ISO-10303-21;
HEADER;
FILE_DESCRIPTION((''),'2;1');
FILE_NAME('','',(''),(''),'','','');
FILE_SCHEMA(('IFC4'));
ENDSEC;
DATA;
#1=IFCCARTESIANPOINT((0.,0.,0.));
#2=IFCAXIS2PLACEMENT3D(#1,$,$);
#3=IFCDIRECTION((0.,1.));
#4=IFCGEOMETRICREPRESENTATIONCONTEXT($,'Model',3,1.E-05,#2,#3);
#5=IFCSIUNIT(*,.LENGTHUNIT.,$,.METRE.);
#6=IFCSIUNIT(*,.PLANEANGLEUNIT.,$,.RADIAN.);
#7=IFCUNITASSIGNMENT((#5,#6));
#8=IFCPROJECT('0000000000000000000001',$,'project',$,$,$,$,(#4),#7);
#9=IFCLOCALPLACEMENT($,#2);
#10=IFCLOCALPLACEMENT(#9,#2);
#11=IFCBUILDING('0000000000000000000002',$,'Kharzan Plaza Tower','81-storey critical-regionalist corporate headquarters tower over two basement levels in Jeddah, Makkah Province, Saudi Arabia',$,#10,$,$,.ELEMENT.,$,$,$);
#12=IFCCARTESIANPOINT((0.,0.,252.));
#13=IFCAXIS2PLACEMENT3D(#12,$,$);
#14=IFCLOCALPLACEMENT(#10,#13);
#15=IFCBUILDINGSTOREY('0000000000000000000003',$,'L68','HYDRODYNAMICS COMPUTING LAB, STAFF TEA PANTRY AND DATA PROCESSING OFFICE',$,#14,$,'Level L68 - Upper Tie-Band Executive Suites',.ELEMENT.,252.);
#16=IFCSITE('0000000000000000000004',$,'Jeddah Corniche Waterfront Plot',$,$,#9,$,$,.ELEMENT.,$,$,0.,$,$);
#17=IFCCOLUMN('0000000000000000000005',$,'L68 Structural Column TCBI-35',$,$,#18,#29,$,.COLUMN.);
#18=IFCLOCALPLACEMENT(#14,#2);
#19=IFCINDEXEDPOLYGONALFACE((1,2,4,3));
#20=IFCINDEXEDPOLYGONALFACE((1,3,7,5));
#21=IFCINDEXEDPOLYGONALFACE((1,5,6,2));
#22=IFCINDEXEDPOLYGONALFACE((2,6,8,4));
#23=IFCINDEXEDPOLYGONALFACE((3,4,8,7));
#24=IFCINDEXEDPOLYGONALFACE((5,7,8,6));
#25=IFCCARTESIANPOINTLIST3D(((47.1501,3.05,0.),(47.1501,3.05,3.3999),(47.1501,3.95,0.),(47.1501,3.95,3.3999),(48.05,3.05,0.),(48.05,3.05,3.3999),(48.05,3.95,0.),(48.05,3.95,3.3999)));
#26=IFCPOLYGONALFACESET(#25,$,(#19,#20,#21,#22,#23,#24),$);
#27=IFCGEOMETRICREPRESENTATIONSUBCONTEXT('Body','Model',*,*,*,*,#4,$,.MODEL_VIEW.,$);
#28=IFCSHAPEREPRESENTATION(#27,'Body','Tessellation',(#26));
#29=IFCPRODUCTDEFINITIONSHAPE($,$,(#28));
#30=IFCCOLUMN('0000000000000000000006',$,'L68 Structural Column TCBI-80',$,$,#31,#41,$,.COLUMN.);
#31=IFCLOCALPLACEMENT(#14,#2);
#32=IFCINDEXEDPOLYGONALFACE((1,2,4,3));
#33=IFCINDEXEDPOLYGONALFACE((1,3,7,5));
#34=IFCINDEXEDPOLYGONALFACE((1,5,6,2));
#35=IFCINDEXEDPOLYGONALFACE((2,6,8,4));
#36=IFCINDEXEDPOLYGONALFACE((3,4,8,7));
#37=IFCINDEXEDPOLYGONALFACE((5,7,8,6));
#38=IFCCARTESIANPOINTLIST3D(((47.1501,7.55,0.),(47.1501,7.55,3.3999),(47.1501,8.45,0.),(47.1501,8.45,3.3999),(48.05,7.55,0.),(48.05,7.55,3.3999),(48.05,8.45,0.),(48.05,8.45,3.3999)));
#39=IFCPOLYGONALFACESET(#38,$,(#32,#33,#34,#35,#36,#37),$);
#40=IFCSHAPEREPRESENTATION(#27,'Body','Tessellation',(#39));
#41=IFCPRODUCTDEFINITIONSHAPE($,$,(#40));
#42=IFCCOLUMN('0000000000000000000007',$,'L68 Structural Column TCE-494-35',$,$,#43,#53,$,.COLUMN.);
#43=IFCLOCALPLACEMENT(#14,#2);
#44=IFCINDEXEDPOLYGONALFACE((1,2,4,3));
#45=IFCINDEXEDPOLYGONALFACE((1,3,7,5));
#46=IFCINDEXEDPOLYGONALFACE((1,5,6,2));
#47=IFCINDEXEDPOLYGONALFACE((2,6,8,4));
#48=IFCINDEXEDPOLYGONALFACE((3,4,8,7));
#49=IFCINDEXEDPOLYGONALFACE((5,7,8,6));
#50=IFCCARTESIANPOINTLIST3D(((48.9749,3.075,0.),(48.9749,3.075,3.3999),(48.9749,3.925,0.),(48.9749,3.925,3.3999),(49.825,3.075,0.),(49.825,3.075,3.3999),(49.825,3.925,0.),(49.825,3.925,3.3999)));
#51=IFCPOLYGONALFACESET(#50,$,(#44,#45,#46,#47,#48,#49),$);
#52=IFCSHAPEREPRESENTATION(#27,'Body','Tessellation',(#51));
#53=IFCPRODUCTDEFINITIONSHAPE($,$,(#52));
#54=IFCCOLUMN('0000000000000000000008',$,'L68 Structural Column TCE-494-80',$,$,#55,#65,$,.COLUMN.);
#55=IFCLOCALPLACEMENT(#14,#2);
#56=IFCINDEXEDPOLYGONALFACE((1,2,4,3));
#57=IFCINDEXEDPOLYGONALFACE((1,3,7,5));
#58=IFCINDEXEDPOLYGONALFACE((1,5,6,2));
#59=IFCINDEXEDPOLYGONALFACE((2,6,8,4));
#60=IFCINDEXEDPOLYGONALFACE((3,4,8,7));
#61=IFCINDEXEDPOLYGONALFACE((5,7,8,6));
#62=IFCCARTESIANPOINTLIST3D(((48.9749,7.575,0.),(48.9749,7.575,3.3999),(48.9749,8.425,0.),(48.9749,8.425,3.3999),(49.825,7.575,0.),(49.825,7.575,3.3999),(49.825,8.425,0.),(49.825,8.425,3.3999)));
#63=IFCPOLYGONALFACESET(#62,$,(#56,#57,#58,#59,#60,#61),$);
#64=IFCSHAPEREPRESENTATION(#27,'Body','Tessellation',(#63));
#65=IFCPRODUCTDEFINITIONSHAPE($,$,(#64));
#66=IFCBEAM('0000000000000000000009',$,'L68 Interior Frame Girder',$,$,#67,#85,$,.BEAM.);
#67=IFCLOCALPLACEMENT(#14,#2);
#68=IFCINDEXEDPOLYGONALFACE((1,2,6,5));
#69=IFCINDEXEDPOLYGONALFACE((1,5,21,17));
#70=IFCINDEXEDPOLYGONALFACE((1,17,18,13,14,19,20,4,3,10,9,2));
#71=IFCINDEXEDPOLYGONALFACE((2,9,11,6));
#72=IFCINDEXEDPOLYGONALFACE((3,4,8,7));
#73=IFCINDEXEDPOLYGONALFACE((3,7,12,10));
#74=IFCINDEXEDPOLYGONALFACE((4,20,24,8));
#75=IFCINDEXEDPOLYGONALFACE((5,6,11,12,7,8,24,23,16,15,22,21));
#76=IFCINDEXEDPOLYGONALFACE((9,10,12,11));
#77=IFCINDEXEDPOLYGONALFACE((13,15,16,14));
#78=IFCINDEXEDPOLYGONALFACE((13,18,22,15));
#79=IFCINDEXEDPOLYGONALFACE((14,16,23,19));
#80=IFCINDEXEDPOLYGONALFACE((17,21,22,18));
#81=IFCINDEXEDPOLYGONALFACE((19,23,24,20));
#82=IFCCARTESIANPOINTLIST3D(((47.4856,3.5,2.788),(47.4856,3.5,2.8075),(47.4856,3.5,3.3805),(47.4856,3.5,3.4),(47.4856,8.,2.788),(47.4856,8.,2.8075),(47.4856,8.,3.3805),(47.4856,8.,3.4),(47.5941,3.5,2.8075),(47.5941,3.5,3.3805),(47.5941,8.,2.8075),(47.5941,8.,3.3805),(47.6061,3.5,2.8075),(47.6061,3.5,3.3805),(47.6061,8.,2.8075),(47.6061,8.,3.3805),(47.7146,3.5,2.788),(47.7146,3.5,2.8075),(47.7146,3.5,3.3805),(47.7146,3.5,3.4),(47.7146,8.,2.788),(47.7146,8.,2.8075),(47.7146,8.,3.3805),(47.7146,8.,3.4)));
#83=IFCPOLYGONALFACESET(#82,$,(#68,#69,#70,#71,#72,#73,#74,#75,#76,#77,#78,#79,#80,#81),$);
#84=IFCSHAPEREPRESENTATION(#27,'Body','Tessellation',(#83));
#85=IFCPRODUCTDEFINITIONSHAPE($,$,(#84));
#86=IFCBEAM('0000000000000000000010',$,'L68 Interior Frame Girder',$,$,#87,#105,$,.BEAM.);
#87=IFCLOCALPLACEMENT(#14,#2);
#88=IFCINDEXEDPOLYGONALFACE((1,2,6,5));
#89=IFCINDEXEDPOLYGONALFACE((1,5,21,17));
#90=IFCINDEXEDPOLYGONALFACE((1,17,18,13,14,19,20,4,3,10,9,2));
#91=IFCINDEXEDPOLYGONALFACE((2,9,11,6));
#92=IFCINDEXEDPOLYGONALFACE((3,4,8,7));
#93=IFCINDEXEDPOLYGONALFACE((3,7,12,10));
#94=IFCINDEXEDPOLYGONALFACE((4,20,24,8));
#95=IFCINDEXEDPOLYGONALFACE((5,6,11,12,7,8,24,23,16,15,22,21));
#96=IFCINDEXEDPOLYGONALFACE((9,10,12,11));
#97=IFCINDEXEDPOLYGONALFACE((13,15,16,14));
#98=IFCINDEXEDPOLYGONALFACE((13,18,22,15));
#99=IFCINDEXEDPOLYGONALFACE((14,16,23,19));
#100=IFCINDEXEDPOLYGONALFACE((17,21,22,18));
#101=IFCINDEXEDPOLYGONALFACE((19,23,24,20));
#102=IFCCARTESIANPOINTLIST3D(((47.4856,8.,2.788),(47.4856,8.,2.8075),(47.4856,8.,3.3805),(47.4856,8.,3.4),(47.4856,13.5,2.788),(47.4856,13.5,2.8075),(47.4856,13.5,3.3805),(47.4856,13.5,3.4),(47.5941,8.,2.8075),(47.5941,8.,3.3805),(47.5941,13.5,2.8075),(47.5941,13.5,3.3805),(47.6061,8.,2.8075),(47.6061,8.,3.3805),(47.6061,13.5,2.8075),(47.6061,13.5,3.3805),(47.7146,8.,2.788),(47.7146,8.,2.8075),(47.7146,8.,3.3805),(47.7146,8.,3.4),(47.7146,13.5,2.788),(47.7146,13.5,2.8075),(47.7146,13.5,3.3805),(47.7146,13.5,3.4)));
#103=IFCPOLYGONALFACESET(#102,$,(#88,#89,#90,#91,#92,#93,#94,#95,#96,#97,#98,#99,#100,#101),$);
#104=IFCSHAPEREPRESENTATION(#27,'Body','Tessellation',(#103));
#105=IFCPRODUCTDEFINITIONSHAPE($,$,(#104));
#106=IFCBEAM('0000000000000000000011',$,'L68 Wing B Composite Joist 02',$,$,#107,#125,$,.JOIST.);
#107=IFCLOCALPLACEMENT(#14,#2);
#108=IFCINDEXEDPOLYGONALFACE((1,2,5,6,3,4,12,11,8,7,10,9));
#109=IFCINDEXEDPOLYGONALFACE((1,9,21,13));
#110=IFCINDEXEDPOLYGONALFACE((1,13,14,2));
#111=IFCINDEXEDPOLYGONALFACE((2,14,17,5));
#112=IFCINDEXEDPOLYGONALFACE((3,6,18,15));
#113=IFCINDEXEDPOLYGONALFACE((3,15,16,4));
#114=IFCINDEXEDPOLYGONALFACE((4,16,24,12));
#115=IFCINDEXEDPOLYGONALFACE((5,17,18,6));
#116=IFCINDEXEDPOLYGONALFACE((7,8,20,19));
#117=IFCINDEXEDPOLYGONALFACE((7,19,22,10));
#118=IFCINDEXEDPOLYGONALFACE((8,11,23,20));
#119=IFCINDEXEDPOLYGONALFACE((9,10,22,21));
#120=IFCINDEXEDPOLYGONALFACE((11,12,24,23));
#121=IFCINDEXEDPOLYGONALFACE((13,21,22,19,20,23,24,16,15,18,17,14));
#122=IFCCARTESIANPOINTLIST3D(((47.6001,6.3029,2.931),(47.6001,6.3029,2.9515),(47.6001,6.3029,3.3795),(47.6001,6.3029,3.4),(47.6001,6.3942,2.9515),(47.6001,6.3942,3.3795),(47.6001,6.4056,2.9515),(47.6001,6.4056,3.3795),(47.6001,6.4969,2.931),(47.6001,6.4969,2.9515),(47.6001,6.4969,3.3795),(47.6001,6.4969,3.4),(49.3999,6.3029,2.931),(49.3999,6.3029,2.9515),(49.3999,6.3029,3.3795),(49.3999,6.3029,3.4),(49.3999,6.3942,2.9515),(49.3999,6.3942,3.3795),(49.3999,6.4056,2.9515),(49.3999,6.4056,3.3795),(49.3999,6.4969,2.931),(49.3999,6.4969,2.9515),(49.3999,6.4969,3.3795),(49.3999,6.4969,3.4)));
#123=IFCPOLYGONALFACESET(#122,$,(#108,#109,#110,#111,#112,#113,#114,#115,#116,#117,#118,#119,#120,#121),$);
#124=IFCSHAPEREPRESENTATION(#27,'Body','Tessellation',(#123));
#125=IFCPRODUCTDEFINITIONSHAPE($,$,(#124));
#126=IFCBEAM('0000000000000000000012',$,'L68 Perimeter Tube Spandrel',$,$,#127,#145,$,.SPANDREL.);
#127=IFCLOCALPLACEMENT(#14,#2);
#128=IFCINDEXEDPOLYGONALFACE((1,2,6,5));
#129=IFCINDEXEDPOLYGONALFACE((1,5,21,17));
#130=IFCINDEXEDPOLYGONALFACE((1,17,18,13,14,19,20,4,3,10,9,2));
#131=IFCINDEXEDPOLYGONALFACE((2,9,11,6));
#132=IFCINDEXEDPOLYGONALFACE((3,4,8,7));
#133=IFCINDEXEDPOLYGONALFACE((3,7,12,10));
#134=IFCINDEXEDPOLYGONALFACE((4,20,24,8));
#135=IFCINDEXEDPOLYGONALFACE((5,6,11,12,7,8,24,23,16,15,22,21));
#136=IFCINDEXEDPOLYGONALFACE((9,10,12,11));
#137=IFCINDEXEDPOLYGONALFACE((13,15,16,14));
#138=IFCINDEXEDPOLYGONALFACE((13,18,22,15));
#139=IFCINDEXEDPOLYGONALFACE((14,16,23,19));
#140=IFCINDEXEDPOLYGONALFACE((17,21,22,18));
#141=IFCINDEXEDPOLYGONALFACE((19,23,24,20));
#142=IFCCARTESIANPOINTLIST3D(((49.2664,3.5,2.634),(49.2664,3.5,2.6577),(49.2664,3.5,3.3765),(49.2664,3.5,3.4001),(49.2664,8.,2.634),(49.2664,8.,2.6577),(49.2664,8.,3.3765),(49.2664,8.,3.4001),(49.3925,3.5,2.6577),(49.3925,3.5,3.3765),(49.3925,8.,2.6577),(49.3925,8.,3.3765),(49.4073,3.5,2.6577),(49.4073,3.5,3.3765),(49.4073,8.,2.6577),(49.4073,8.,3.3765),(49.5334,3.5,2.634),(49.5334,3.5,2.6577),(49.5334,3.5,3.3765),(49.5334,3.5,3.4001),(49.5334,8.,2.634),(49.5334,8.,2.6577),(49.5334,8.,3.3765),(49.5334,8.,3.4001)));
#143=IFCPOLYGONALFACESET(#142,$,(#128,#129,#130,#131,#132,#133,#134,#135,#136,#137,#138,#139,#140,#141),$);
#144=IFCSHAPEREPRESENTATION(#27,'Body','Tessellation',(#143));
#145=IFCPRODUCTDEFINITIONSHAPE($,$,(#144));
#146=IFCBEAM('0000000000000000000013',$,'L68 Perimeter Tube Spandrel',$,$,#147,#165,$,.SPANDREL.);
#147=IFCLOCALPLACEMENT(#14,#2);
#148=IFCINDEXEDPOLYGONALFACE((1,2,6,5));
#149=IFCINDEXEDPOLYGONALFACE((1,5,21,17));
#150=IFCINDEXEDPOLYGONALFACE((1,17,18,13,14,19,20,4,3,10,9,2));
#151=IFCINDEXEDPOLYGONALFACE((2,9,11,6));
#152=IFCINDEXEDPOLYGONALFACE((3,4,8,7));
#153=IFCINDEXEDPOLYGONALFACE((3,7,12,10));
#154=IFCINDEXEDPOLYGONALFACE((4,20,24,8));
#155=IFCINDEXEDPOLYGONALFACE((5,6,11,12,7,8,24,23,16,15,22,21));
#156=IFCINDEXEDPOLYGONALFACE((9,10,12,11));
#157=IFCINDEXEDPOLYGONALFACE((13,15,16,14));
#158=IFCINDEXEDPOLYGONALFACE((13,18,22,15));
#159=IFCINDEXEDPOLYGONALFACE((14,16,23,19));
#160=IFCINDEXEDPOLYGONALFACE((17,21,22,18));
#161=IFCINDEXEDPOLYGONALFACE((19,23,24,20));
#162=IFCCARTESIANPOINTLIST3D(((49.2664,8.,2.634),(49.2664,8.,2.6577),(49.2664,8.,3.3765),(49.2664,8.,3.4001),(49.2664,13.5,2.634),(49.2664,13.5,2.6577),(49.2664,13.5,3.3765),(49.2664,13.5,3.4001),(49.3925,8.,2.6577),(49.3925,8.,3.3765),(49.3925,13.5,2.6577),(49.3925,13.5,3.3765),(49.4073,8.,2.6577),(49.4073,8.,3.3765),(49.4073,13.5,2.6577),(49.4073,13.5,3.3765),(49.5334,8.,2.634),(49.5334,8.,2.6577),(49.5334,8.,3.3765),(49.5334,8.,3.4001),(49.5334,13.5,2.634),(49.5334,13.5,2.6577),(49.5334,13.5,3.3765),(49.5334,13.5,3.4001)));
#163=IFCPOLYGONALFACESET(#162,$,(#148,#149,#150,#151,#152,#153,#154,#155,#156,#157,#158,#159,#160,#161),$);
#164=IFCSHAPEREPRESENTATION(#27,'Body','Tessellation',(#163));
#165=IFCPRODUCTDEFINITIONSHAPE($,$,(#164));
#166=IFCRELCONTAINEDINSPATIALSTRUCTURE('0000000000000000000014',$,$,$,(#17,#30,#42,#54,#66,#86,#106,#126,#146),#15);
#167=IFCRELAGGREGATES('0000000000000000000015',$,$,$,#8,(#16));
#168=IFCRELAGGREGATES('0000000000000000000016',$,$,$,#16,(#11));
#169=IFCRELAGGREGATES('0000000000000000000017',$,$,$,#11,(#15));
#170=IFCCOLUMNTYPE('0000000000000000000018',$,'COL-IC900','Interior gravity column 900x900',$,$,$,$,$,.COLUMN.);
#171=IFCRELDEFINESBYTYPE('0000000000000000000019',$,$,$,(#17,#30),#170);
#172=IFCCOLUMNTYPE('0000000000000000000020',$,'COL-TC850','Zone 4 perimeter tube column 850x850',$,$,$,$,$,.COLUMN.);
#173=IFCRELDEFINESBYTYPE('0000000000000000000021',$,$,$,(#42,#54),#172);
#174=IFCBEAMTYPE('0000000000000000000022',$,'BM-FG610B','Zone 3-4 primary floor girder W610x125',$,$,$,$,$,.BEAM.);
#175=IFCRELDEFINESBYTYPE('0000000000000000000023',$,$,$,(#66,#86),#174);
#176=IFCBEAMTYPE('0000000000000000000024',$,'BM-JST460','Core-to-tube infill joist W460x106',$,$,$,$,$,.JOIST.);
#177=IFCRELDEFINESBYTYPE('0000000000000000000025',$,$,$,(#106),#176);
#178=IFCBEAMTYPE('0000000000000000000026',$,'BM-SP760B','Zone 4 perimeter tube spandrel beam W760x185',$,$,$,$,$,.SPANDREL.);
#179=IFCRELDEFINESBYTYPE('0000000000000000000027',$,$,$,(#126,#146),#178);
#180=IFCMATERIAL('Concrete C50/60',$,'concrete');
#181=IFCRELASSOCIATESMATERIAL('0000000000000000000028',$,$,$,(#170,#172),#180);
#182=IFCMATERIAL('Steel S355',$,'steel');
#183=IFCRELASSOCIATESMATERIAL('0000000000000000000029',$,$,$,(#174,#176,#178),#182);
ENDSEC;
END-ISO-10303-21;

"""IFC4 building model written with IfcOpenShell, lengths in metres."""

from ifc_helpers import new_model, si_unit, direction, frame, origin, origin_2d, place, context, subcontext, project, spatial, rectangle, i_section, extrude, source, transform, mapped, material, material_profile, profile_set, type_object, element, save


model = new_model("IFC4")

# Units and contexts
model_context = context("Model", 3, precision=1e-05, world=origin(), true_north=direction((0.0, 1.0)))
body_context = subcontext(model_context, "Body", "Model", "MODEL_VIEW")
ifc_project = project(units=[si_unit("LENGTHUNIT", "METRE"), si_unit("PLANEANGLEUNIT", "RADIAN")], contexts=[model_context])

# Site, building, storey
site_placement = place(None, origin())
site = spatial("IfcSite", under=ifc_project, at=site_placement, Name="Jeddah Corniche Waterfront Plot", CompositionType="ELEMENT", RefElevation=0.0)
building_placement = place(site_placement, origin())
building = spatial("IfcBuilding", under=site, at=building_placement, Name="Kharzan Plaza Tower", Description="81-storey critical-regionalist corporate headquarters tower over two basement levels in Jeddah, Makkah Province, Saudi Arabia", CompositionType="ELEMENT")
storey_placement = place(building_placement, frame((0.0, 0.0, 252.0)))
storey = spatial("IfcBuildingStorey", under=building, at=storey_placement, Name="L68", Description="HYDRODYNAMICS COMPUTING LAB, STAFF TEA PANTRY AND DATA PROCESSING OFFICE", LongName="Level L68 - Upper Tie-Band Executive Suites", CompositionType="ELEMENT", Elevation=252.0)

# Columns
ifc_material_1 = material(Name="Concrete C50/60", Category="concrete")
ifc_material_profile_1 = material_profile(ifc_material_1, rectangle(XDim=0.8999, YDim=0.8999, at=origin_2d()), Name="RC-IC900x900")
ifc_profile_set_1 = profile_set([ifc_material_profile_1], Name="Concrete C50/60")
column_type_1 = type_object("IfcColumnType", Name="COL-IC900", Description="Interior gravity column 900x900", PredefinedType="COLUMN", material=ifc_profile_set_1)
shared_shape_1 = source(origin(), body_context, "Body", "SweptSolid", [
    extrude(rectangle(XDim=0.8999, YDim=0.8999, at=origin_2d()), origin(), (0.0, 0.0, 1.0), 3.3999),
])
for number, where, z_axis, x_axis, name in (
    (1, (47.6001, 3.5, 0.0), (0.0, 0.0, 1.0), (1.0, 0.0, 0.0), "L68 Structural Column TCBI-35"),
    (2, (47.6001, 8.0, 0.0), (0.0, 0.0, 1.0), (1.0, 0.0, 0.0), "L68 Structural Column TCBI-80"),
):
    element("IfcColumn", number, at=place(storey_placement, frame(where, z_axis=z_axis, x_axis=x_axis)), inside=storey, type_object=column_type_1, Name=name, PredefinedType="COLUMN", context=body_context, shape_type="MappedRepresentation", body=[
        mapped(shared_shape_1, transform((0.0, 0.0, 0.0), x_axis=(1.0, 0.0, 0.0), y_axis=(0.0, 1.0, 0.0), z_axis=(0.0, 0.0, 1.0))),
    ])
ifc_material_profile_2 = material_profile(ifc_material_1, rectangle(XDim=0.8501, YDim=0.8501, at=origin_2d()), Name="RC-TC850x850")
ifc_profile_set_2 = profile_set([ifc_material_profile_2], Name="Concrete C50/60")
column_type_2 = type_object("IfcColumnType", Name="COL-TC850", Description="Zone 4 perimeter tube column 850x850", PredefinedType="COLUMN", material=ifc_profile_set_2)
shared_shape_2 = source(origin(), body_context, "Body", "SweptSolid", [
    extrude(rectangle(XDim=0.8501, YDim=0.8501, at=origin_2d()), origin(), (0.0, 0.0, 1.0), 3.3999),
])
for number, where, z_axis, x_axis, name in (
    (3, (49.3999, 3.5, 0.0), (0.0, 0.0, 1.0), (1.0, 0.0, 0.0), "L68 Structural Column TCE-494-35"),
    (4, (49.3999, 8.0, 0.0), (0.0, 0.0, 1.0), (1.0, 0.0, 0.0), "L68 Structural Column TCE-494-80"),
):
    element("IfcColumn", number, at=place(storey_placement, frame(where, z_axis=z_axis, x_axis=x_axis)), inside=storey, type_object=column_type_2, Name=name, PredefinedType="COLUMN", context=body_context, shape_type="MappedRepresentation", body=[
        mapped(shared_shape_2, transform((0.0, 0.0, 0.0), x_axis=(1.0, 0.0, 0.0), y_axis=(0.0, 1.0, 0.0), z_axis=(0.0, 0.0, 1.0))),
    ])

# Beams
ifc_material_2 = material(Name="Steel S355", Category="steel")
ifc_material_profile_3 = material_profile(ifc_material_2, i_section(OverallWidth=0.229, OverallDepth=0.6121, WebThickness=0.012, FlangeThickness=0.0195, at=origin_2d()), Name="W610x125")
ifc_profile_set_3 = profile_set([ifc_material_profile_3], Name="Steel S355")
beam_type_1 = type_object("IfcBeamType", Name="BM-FG610B", Description="Zone 3-4 primary floor girder W610x125", PredefinedType="BEAM", material=ifc_profile_set_3)
shared_shape_3 = source(origin(), body_context, "Body", "SweptSolid", [
    extrude(i_section(OverallWidth=0.229, OverallDepth=0.6121, WebThickness=0.012, FlangeThickness=0.0195, at=origin_2d()), origin(), (0.0, 0.0, 1.0), 4.5),
])
beam_1_placement = place(storey_placement, frame((47.6001, 3.5, 3.094), z_axis=(0.0, 1.0, 0.0), x_axis=(-1.0, 0.0, 0.0)))
element("IfcBeam", 5, at=beam_1_placement, inside=storey, type_object=beam_type_1, Name="L68 Interior Frame Girder", PredefinedType="BEAM", context=body_context, shape_type="MappedRepresentation", body=[
    mapped(shared_shape_3, transform((0.0, 0.0, 0.0), x_axis=(1.0, 0.0, 0.0), y_axis=(0.0, 1.0, 0.0), z_axis=(0.0, 0.0, 1.0))),
])
shared_shape_4 = source(origin(), body_context, "Body", "SweptSolid", [
    extrude(i_section(OverallWidth=0.229, OverallDepth=0.6121, WebThickness=0.012, FlangeThickness=0.0195, at=origin_2d()), origin(), (0.0, 0.0, 1.0), 5.5),
])
beam_2_placement = place(storey_placement, frame((47.6001, 8.0, 3.094), z_axis=(0.0, 1.0, 0.0), x_axis=(-1.0, 0.0, 0.0)))
element("IfcBeam", 6, at=beam_2_placement, inside=storey, type_object=beam_type_1, Name="L68 Interior Frame Girder", PredefinedType="BEAM", context=body_context, shape_type="MappedRepresentation", body=[
    mapped(shared_shape_4, transform((0.0, 0.0, 0.0), x_axis=(1.0, 0.0, 0.0), y_axis=(0.0, 1.0, 0.0), z_axis=(0.0, 0.0, 1.0))),
])
ifc_material_profile_4 = material_profile(ifc_material_2, i_section(OverallWidth=0.1941, OverallDepth=0.469, WebThickness=0.0115, FlangeThickness=0.0205, at=origin_2d()), Name="W460x106")
ifc_profile_set_4 = profile_set([ifc_material_profile_4], Name="Steel S355")
beam_type_2 = type_object("IfcBeamType", Name="BM-JST460", Description="Core-to-tube infill joist W460x106", PredefinedType="JOIST", material=ifc_profile_set_4)
shared_shape_5 = source(origin(), body_context, "Body", "SweptSolid", [
    extrude(i_section(OverallWidth=0.1941, OverallDepth=0.469, WebThickness=0.0115, FlangeThickness=0.0205, at=origin_2d()), origin(), (0.0, 0.0, 1.0), 1.7998),
])
beam_3_placement = place(storey_placement, frame((47.6001, 6.3999, 3.1655), z_axis=(1.0, 0.0, 0.0), x_axis=(0.0, 1.0, 0.0)))
element("IfcBeam", 7, at=beam_3_placement, inside=storey, type_object=beam_type_2, Name="L68 Wing B Composite Joist 02", PredefinedType="JOIST", context=body_context, shape_type="MappedRepresentation", body=[
    mapped(shared_shape_5, transform((0.0, 0.0, 0.0), x_axis=(1.0, 0.0, 0.0), y_axis=(0.0, 1.0, 0.0), z_axis=(0.0, 0.0, 1.0))),
])
ifc_material_profile_5 = material_profile(ifc_material_2, i_section(OverallWidth=0.2671, OverallDepth=0.7661, WebThickness=0.0149, FlangeThickness=0.0237, at=origin_2d()), Name="W760x185")
ifc_profile_set_5 = profile_set([ifc_material_profile_5], Name="Steel S355")
beam_type_3 = type_object("IfcBeamType", Name="BM-SP760B", Description="Zone 4 perimeter tube spandrel beam W760x185", PredefinedType="SPANDREL", material=ifc_profile_set_5)
shared_shape_6 = source(origin(), body_context, "Body", "SweptSolid", [
    extrude(i_section(OverallWidth=0.2671, OverallDepth=0.7661, WebThickness=0.0149, FlangeThickness=0.0237, at=origin_2d()), origin(), (0.0, 0.0, 1.0), 4.5),
])
beam_4_placement = place(storey_placement, frame((49.3999, 3.5, 3.0171), z_axis=(0.0, 1.0, 0.0), x_axis=(-1.0, 0.0, 0.0)))
element("IfcBeam", 8, at=beam_4_placement, inside=storey, type_object=beam_type_3, Name="L68 Perimeter Tube Spandrel", PredefinedType="SPANDREL", context=body_context, shape_type="MappedRepresentation", body=[
    mapped(shared_shape_6, transform((0.0, 0.0, 0.0), x_axis=(1.0, 0.0, 0.0), y_axis=(0.0, 1.0, 0.0), z_axis=(0.0, 0.0, 1.0))),
])
shared_shape_7 = source(origin(), body_context, "Body", "SweptSolid", [
    extrude(i_section(OverallWidth=0.2671, OverallDepth=0.7661, WebThickness=0.0149, FlangeThickness=0.0237, at=origin_2d()), origin(), (0.0, 0.0, 1.0), 5.5),
])
beam_5_placement = place(storey_placement, frame((49.3999, 8.0, 3.0171), z_axis=(0.0, 1.0, 0.0), x_axis=(-1.0, 0.0, 0.0)))
element("IfcBeam", 9, at=beam_5_placement, inside=storey, type_object=beam_type_3, Name="L68 Perimeter Tube Spandrel", PredefinedType="SPANDREL", context=body_context, shape_type="MappedRepresentation", body=[
    mapped(shared_shape_7, transform((0.0, 0.0, 0.0), x_axis=(1.0, 0.0, 0.0), y_axis=(0.0, 1.0, 0.0), z_axis=(0.0, 0.0, 1.0))),
])

save(model, "model.ifc")
